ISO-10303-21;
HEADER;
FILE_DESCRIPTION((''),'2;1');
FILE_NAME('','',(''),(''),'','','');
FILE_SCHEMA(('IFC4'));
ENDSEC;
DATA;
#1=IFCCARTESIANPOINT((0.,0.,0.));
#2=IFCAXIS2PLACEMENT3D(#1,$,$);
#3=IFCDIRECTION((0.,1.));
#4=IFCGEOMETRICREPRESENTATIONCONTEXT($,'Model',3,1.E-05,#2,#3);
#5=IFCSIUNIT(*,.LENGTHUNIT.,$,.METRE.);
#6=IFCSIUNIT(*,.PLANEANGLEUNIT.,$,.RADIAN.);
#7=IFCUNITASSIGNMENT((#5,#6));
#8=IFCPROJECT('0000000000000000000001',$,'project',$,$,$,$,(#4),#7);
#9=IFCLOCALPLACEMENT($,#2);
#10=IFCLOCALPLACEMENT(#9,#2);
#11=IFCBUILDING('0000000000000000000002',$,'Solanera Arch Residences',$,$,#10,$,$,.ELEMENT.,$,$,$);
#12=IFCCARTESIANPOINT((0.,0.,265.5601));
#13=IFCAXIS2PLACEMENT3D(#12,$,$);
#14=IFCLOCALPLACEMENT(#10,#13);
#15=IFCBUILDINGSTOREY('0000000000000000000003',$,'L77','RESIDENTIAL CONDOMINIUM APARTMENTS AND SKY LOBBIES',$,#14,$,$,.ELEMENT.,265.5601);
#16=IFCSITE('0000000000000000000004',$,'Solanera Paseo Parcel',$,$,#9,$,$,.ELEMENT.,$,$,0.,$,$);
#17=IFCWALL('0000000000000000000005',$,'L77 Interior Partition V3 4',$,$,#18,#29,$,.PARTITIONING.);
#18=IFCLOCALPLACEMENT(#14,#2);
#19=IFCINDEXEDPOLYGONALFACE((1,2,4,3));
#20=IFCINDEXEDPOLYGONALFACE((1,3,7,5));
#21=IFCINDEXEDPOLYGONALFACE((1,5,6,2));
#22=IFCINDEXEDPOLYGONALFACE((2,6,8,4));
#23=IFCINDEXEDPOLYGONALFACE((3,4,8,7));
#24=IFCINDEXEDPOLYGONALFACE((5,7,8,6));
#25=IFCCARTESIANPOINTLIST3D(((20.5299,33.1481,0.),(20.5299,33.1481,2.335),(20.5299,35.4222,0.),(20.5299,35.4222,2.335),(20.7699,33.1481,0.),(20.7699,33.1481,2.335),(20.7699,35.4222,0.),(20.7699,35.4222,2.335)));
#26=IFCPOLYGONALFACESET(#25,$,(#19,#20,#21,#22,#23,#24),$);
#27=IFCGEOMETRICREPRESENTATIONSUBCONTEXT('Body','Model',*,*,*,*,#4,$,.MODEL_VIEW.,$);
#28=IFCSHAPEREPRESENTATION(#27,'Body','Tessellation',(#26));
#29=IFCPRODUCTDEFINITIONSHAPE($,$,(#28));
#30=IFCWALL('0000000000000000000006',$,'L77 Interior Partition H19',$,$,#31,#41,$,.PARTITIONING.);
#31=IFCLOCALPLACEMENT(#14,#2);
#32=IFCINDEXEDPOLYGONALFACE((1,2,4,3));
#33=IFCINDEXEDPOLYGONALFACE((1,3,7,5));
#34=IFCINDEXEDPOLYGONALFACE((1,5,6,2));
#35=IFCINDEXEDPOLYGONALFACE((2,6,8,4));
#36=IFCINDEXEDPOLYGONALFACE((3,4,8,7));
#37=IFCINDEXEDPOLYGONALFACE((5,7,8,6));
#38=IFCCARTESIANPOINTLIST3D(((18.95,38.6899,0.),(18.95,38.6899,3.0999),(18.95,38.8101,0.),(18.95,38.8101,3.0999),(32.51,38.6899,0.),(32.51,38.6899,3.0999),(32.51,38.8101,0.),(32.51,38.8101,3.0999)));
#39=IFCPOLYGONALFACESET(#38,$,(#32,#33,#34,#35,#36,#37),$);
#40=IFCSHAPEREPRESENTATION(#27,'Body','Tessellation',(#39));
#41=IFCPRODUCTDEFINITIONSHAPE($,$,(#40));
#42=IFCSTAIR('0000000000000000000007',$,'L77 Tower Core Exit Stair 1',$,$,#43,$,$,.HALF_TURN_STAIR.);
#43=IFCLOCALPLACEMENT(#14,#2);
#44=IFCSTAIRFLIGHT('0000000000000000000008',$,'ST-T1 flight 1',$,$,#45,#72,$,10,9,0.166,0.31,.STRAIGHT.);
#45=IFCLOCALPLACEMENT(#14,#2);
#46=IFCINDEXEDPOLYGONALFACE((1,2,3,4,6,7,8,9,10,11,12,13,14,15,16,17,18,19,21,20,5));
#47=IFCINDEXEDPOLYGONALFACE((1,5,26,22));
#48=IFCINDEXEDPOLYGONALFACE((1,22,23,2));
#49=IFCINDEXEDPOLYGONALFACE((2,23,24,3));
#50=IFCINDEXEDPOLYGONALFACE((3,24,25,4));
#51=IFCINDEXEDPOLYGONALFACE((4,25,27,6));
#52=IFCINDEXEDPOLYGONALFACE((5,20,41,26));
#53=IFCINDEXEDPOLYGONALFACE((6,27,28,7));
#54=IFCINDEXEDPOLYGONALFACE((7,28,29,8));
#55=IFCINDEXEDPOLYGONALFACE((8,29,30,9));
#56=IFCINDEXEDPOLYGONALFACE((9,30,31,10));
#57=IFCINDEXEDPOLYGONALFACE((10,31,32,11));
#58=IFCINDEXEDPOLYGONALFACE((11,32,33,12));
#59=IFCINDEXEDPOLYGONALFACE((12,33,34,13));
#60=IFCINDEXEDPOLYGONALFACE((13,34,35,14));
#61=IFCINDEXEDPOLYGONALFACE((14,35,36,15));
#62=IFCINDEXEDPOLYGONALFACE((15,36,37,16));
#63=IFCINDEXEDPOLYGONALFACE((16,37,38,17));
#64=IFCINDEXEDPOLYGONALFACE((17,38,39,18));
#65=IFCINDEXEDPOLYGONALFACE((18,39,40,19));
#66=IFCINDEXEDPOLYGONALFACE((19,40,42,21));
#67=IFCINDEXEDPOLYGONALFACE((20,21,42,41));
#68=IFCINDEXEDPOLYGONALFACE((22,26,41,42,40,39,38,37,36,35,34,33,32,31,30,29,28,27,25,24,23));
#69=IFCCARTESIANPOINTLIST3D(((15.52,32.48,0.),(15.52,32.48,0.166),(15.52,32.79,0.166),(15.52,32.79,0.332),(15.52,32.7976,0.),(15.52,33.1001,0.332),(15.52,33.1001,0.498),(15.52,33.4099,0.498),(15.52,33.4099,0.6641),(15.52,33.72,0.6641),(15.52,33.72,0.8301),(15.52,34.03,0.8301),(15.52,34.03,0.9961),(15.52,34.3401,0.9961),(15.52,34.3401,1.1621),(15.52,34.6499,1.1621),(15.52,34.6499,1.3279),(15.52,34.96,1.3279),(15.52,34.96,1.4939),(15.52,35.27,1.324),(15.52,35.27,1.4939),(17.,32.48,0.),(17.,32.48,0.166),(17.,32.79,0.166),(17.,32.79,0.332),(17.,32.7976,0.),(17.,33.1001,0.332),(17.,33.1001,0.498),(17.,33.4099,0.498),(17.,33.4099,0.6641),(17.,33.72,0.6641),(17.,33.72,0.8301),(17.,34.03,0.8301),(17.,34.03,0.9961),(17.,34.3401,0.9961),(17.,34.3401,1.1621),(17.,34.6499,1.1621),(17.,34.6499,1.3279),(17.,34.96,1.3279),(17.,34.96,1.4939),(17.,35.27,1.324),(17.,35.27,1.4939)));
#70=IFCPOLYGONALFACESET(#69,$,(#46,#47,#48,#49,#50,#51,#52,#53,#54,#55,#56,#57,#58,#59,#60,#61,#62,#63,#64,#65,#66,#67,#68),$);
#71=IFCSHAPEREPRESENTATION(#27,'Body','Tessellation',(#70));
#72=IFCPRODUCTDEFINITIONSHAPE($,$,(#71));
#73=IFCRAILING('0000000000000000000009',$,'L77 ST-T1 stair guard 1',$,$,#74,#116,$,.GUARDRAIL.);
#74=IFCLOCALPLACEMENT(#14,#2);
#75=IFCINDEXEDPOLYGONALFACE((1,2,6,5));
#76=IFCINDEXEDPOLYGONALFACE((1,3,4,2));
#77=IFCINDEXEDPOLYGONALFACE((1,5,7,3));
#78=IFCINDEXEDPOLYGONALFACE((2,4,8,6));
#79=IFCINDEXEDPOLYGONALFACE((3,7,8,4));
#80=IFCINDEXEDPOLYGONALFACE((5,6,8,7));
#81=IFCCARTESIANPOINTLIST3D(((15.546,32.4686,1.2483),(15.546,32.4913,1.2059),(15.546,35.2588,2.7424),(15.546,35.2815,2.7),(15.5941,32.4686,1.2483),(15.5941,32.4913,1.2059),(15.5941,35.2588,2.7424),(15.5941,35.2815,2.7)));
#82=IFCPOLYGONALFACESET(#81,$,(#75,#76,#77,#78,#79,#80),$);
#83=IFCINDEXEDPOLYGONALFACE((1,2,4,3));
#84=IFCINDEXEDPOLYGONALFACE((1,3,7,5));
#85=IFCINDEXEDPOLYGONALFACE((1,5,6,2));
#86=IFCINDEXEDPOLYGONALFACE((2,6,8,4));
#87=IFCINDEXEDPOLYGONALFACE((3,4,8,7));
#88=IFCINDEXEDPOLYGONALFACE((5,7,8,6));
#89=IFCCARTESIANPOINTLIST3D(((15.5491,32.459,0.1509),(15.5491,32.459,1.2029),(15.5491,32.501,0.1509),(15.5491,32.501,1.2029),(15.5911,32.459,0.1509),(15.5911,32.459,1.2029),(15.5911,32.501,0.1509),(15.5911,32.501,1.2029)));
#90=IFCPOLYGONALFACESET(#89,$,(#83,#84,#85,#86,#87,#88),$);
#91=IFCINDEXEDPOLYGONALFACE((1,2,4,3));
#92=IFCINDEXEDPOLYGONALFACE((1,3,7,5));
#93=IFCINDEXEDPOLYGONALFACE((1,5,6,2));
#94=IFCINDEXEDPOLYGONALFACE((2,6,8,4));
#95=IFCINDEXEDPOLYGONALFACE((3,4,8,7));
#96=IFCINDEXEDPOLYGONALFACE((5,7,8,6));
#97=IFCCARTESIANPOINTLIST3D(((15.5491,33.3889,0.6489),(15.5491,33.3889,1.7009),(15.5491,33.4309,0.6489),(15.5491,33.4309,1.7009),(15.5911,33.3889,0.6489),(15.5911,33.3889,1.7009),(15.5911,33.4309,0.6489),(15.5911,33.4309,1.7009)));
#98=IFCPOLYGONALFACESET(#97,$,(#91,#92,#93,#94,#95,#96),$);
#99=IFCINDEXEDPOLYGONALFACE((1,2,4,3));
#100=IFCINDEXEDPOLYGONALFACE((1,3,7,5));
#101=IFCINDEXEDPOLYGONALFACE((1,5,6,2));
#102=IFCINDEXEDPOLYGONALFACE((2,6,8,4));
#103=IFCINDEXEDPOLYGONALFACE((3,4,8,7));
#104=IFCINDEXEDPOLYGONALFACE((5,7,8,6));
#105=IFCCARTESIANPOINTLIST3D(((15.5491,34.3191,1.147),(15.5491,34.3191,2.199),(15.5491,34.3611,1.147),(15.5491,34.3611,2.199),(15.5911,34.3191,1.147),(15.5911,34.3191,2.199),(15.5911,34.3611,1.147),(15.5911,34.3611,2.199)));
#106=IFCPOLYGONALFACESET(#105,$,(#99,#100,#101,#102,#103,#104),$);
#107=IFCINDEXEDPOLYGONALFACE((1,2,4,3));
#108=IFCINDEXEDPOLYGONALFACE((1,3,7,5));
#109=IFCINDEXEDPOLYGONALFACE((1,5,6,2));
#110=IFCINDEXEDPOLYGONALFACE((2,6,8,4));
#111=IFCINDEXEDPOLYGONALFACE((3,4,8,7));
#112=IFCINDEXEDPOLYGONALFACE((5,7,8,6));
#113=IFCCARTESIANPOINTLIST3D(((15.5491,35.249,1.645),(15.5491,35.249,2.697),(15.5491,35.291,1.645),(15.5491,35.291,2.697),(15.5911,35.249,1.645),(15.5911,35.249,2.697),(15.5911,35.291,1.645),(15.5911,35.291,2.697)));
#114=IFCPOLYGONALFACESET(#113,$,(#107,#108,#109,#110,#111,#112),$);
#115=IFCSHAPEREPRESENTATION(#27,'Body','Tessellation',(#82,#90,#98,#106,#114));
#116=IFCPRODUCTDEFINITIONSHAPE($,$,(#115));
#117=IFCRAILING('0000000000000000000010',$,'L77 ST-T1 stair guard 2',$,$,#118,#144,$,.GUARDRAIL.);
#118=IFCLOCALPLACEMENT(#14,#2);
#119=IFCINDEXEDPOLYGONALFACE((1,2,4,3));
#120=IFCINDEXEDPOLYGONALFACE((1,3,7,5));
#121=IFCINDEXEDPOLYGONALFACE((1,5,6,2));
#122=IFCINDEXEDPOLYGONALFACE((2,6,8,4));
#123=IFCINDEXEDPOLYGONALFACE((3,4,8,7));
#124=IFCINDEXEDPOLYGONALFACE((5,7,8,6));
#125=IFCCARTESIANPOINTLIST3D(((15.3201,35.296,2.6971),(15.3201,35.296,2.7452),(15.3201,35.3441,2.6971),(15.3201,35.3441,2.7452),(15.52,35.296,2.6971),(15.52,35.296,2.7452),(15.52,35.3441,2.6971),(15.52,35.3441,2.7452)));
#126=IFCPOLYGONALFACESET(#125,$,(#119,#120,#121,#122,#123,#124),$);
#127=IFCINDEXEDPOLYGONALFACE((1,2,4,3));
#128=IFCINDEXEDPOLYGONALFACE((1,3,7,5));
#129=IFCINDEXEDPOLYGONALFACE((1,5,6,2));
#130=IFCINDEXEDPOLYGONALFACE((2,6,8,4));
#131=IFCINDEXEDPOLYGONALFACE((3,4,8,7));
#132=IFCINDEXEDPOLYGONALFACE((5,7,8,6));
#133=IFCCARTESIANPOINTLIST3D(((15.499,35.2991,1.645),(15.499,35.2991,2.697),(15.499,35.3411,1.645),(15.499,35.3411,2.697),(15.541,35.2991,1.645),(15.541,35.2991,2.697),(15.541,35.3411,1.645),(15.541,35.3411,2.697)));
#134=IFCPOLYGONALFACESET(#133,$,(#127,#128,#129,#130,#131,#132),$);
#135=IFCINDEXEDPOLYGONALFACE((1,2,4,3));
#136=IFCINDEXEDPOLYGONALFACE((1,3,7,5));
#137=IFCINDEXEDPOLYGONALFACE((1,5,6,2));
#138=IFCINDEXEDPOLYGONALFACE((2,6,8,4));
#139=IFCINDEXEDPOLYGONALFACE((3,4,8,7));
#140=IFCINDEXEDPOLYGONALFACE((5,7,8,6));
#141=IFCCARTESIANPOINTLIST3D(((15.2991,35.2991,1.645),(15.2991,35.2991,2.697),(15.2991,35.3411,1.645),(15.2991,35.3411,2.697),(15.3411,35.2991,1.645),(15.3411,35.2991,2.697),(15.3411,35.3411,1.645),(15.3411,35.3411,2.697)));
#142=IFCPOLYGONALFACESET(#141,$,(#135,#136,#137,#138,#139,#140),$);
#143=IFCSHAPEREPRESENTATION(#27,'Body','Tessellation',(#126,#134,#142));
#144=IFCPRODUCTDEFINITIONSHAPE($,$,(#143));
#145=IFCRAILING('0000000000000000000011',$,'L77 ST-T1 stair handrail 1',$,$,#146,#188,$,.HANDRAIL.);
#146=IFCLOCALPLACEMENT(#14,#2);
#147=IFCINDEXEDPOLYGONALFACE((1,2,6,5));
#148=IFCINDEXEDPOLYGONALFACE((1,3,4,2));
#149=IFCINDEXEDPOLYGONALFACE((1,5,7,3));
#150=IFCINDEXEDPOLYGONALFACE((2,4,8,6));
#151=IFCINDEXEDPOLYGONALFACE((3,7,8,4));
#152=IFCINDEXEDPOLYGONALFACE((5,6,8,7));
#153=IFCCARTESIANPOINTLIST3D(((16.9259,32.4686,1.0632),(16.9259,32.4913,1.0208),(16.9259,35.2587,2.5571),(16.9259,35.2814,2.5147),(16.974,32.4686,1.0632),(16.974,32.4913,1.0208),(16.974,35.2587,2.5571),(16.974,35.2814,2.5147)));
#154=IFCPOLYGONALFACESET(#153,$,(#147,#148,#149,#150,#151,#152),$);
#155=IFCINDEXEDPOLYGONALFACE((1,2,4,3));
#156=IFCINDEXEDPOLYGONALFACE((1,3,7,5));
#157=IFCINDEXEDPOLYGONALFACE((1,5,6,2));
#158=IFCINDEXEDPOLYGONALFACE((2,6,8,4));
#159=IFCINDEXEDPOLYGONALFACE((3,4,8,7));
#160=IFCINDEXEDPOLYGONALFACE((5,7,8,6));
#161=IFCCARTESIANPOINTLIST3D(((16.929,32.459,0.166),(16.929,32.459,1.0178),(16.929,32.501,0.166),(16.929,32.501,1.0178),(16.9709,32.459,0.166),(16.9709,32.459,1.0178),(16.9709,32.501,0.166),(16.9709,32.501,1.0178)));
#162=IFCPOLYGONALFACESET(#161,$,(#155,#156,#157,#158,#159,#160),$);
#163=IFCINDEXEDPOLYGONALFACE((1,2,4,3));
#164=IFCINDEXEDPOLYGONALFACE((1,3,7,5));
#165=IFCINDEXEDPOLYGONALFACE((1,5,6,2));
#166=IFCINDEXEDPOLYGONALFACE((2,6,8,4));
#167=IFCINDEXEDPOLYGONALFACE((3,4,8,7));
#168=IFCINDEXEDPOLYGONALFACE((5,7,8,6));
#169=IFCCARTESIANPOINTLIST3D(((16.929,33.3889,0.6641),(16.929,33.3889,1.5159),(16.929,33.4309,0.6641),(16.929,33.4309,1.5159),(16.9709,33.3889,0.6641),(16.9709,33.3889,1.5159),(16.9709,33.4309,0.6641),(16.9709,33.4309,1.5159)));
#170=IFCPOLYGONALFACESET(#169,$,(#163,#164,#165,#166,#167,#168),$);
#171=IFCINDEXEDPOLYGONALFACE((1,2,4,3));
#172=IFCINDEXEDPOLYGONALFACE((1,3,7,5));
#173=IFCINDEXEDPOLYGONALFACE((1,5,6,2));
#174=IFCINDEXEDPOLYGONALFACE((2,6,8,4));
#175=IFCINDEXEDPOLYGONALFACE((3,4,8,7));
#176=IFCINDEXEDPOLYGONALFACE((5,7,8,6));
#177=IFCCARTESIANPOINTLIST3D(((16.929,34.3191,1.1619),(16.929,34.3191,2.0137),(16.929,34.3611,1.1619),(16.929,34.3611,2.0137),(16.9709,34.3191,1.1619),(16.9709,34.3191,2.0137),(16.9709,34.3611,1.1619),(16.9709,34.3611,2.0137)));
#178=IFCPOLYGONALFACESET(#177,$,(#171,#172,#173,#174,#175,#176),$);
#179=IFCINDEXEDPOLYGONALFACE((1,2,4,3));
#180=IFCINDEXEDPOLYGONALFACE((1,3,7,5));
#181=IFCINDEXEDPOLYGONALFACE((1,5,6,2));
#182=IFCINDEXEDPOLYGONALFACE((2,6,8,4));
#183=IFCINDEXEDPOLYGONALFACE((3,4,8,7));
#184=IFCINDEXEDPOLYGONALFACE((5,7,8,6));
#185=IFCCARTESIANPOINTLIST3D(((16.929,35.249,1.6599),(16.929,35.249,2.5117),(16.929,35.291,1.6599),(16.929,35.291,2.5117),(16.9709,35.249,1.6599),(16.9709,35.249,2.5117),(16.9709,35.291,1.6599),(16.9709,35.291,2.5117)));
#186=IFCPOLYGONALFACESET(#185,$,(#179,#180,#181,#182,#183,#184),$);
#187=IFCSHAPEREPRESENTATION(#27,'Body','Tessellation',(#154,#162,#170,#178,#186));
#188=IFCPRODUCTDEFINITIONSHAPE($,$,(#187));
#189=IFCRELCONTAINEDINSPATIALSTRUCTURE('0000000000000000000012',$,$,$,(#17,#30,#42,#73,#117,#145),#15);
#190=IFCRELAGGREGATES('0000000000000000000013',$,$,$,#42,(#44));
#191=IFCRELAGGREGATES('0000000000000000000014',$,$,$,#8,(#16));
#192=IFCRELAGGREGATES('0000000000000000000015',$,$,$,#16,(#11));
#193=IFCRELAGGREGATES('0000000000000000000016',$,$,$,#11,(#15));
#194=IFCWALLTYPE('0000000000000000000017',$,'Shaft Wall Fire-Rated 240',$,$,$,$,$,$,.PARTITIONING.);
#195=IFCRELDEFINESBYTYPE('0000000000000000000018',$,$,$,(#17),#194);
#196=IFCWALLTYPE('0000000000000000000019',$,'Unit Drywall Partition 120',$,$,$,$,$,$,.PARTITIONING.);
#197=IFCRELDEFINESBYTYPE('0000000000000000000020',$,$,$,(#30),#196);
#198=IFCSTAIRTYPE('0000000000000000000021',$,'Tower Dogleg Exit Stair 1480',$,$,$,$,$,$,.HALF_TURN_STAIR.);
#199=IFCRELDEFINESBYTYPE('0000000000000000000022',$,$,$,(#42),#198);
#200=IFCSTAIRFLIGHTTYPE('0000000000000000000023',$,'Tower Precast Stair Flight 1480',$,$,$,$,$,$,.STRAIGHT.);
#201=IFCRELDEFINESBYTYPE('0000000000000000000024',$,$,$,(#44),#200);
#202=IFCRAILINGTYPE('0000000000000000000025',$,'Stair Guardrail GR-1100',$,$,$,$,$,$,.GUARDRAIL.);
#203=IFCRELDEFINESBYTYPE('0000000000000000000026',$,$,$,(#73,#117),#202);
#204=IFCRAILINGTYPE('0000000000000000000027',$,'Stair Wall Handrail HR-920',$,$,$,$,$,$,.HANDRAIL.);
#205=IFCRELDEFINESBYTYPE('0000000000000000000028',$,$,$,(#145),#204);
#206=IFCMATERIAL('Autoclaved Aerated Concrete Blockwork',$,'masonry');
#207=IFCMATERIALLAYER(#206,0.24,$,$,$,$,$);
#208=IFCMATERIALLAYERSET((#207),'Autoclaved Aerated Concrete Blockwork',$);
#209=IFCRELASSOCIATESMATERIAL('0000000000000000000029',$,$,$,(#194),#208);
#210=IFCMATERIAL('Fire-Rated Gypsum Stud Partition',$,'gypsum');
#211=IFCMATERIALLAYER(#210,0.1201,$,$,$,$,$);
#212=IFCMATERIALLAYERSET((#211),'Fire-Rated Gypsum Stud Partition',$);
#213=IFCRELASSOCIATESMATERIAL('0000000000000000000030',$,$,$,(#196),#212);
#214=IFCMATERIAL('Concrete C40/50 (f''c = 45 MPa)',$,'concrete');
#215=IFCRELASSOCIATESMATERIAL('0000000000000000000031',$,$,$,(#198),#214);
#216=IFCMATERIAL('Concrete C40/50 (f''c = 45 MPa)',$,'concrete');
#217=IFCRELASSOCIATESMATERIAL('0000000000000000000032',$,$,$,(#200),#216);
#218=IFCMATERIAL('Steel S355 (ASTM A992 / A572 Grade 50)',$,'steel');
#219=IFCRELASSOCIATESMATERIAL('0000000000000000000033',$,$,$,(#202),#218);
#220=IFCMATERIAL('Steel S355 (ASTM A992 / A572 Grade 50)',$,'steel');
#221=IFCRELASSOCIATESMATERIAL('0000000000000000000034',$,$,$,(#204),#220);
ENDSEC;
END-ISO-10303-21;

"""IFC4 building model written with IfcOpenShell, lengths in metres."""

from ifc_helpers import new_model, si_unit, direction, frame, frame_2d, origin, origin_2d, place, context, subcontext, project, spatial, polyline, rectangle, outline, extrude, material, layer, layer_set, type_object, element, aggregate, save


model = new_model("IFC4")

# Units and contexts
model_context = context("Model", 3, precision=1e-05, world=origin(), true_north=direction((0.0, 1.0)))
body_context = subcontext(model_context, "Body", "Model", "MODEL_VIEW")
ifc_project = project(units=[si_unit("LENGTHUNIT", "METRE"), si_unit("PLANEANGLEUNIT", "RADIAN")], contexts=[model_context])

# Site, building, storey
site_placement = place(None, origin())
site = spatial("IfcSite", under=ifc_project, at=site_placement, Name="Solanera Paseo Parcel", CompositionType="ELEMENT", RefElevation=0.0)
building_placement = place(site_placement, origin())
building = spatial("IfcBuilding", under=site, at=building_placement, Name="Solanera Arch Residences", CompositionType="ELEMENT")
storey_placement = place(building_placement, frame((0.0, 0.0, 265.5601)))
storey = spatial("IfcBuildingStorey", under=building, at=storey_placement, Name="L77", Description="RESIDENTIAL CONDOMINIUM APARTMENTS AND SKY LOBBIES", CompositionType="ELEMENT", Elevation=265.5601)

# Shared definitions
ifc_material_1 = material(Name="Autoclaved Aerated Concrete Blockwork", Category="masonry")
ifc_layer_1 = layer(ifc_material_1, 0.24)
ifc_layer_set_1 = layer_set([ifc_layer_1], Name="Autoclaved Aerated Concrete Blockwork")
wall_type_1 = type_object("IfcWallType", Name="Shaft Wall Fire-Rated 240", PredefinedType="PARTITIONING", material=ifc_layer_set_1)

# Walls
wall_1_placement = place(storey_placement, frame((20.6499, 33.1479, 0.0), z_axis=(0.0, 0.0, 1.0), x_axis=(0.0, 1.0, 0.0)))
element("IfcWall", 1, at=wall_1_placement, inside=storey, type_object=wall_type_1, Name="L77 Interior Partition V3 4", PredefinedType="PARTITIONING", context=body_context, shape_type="SweptSolid", body=[
    extrude(rectangle(XDim=2.2742, YDim=0.24, at=frame_2d((1.1372, 0.0))), origin(), (0.0, 0.0, 1.0), 2.335),
])
ifc_material_2 = material(Name="Fire-Rated Gypsum Stud Partition", Category="gypsum")
ifc_layer_2 = layer(ifc_material_2, 0.1201)
ifc_layer_set_2 = layer_set([ifc_layer_2], Name="Fire-Rated Gypsum Stud Partition")
wall_type_2 = type_object("IfcWallType", Name="Unit Drywall Partition 120", PredefinedType="PARTITIONING", material=ifc_layer_set_2)
wall_2_placement = place(storey_placement, frame((18.95, 38.75, 0.0), z_axis=(0.0, 0.0, 1.0), x_axis=(1.0, 0.0, 0.0)))
element("IfcWall", 2, at=wall_2_placement, inside=storey, type_object=wall_type_2, Name="L77 Interior Partition H19", PredefinedType="PARTITIONING", context=body_context, shape_type="SweptSolid", body=[
    extrude(rectangle(XDim=13.5601, YDim=0.1201, at=frame_2d((6.78, 0.0))), origin(), (0.0, 0.0, 1.0), 3.0999),
])

# Stair, stair flight
ifc_material_3 = material(Name="Concrete C40/50 (f'c = 45 MPa)", Category="concrete")
stair_type = type_object("IfcStairType", Name="Tower Dogleg Exit Stair 1480", PredefinedType="HALF_TURN_STAIR", material=ifc_material_3)
stair_placement = place(storey_placement, origin())
stair = element("IfcStair", 3, at=stair_placement, inside=storey, type_object=stair_type, Name="L77 Tower Core Exit Stair 1", PredefinedType="HALF_TURN_STAIR")
ifc_material_4 = material(Name="Concrete C40/50 (f'c = 45 MPa)", Category="concrete")
stair_flight_type = type_object("IfcStairFlightType", Name="Tower Precast Stair Flight 1480", PredefinedType="STRAIGHT", material=ifc_material_4)
stair_flight_placement = place(storey_placement, frame((16.26, 32.48, 0.0), z_axis=(0.0, 0.0, 1.0), x_axis=(0.0, 1.0, 0.0)))
stair_flight = element("IfcStairFlight", 4, at=stair_flight_placement, type_object=stair_flight_type, Name="ST-T1 flight 1", NumberOfRisers=10, NumberOfTreads=9, PredefinedType="STRAIGHT", RiserHeight=0.166, TreadLength=0.31, context=body_context, shape_type="SweptSolid", body=[
    extrude(outline(polyline([(0.0, 0.0), (0.0, 0.166), (0.3101, 0.166), (0.3101, 0.332), (0.6201, 0.332), (0.6201, 0.498), (0.9299, 0.498), (0.9299, 0.6641), (1.24, 0.6641), (1.24, 0.8301), (1.55, 0.8301), (1.55, 0.9961), (1.8601, 0.9961), (1.8601, 1.1621), (2.1699, 1.1621), (2.1699, 1.3279), (2.48, 1.3279), (2.48, 1.4939), (2.79, 1.4939), (2.79, 1.6599), (2.79, 1.324), (0.3176, 0.0), (0.0, 0.0)])), frame((0.0, 0.74, 0.0), z_axis=(0.0, -1.0, 0.0), x_axis=(1.0, 0.0, 0.0)), (0.0, 0.0, 1.0), 1.48),
])
aggregate(stair, [stair_flight])

# Railings
ifc_material_5 = material(Name="Steel S355 (ASTM A992 / A572 Grade 50)", Category="steel")
railing_type_1 = type_object("IfcRailingType", Name="Stair Guardrail GR-1100", PredefinedType="GUARDRAIL", material=ifc_material_5)
railing_1_placement = place(storey_placement, frame((15.5701, 32.48, 0.1509)))
element("IfcRailing", 5, at=railing_1_placement, inside=storey, type_object=railing_type_1, Name="L77 ST-T1 stair guard 1", PredefinedType="GUARDRAIL", context=body_context, shape_type="SweptSolid", body=[
    extrude(rectangle(XDim=0.0481, YDim=0.0481, at=origin_2d()), frame((0.0, 0.0, 1.0762), z_axis=(0.0, 0.881549, 0.472093), x_axis=(-1.0, 0.0, 0.0)), (0.0, 0.0, 1.0), 3.165),
    extrude(rectangle(XDim=0.042, YDim=0.042, at=origin_2d()), origin(), (0.0, 0.0, 1.0), 1.052),
    extrude(rectangle(XDim=0.042, YDim=0.042, at=origin_2d()), frame((0.0, 0.9299, 0.498)), (0.0, 0.0, 1.0), 1.052),
    extrude(rectangle(XDim=0.042, YDim=0.042, at=origin_2d()), frame((0.0, 1.8601, 0.9961)), (0.0, 0.0, 1.0), 1.052),
    extrude(rectangle(XDim=0.042, YDim=0.042, at=origin_2d()), frame((0.0, 2.79, 1.4941)), (0.0, 0.0, 1.0), 1.052),
])
railing_2_placement = place(storey_placement, frame((15.52, 35.3201, 1.645)))
element("IfcRailing", 6, at=railing_2_placement, inside=storey, type_object=railing_type_1, Name="L77 ST-T1 stair guard 2", PredefinedType="GUARDRAIL", context=body_context, shape_type="SweptSolid", body=[
    extrude(rectangle(XDim=0.0481, YDim=0.0481, at=origin_2d()), frame((0.0, 0.0, 1.0762), z_axis=(-1.0, 0.0, 0.0), x_axis=(0.0, -1.0, 0.0)), (0.0, 0.0, 1.0), 0.2),
    extrude(rectangle(XDim=0.042, YDim=0.042, at=origin_2d()), origin(), (0.0, 0.0, 1.0), 1.052),
    extrude(rectangle(XDim=0.042, YDim=0.042, at=origin_2d()), frame((-0.2, 0.0, 0.0)), (0.0, 0.0, 1.0), 1.052),
])
ifc_material_6 = material(Name="Steel S355 (ASTM A992 / A572 Grade 50)", Category="steel")
railing_type_2 = type_object("IfcRailingType", Name="Stair Wall Handrail HR-920", PredefinedType="HANDRAIL", material=ifc_material_6)
railing_3_placement = place(storey_placement, frame((16.95, 32.48, 0.166)))
element("IfcRailing", 7, at=railing_3_placement, inside=storey, type_object=railing_type_2, Name="L77 ST-T1 stair handrail 1", PredefinedType="HANDRAIL", context=body_context, shape_type="SweptSolid", body=[
    extrude(rectangle(XDim=0.0481, YDim=0.0481, at=origin_2d()), frame((0.0, 0.0, 0.876), z_axis=(0.0, 0.881581, 0.472033), x_axis=(-1.0, 0.0, 0.0)), (0.0, 0.0, 1.0), 3.1648),
    extrude(rectangle(XDim=0.042, YDim=0.042, at=origin_2d()), origin(), (0.0, 0.0, 1.0), 0.8518),
    extrude(rectangle(XDim=0.042, YDim=0.042, at=origin_2d()), frame((0.0, 0.9299, 0.498)), (0.0, 0.0, 1.0), 0.8518),
    extrude(rectangle(XDim=0.042, YDim=0.042, at=origin_2d()), frame((0.0, 1.8601, 0.9958)), (0.0, 0.0, 1.0), 0.8518),
    extrude(rectangle(XDim=0.042, YDim=0.042, at=origin_2d()), frame((0.0, 2.79, 1.4939)), (0.0, 0.0, 1.0), 0.8518),
])

save(model, "model.ifc")
